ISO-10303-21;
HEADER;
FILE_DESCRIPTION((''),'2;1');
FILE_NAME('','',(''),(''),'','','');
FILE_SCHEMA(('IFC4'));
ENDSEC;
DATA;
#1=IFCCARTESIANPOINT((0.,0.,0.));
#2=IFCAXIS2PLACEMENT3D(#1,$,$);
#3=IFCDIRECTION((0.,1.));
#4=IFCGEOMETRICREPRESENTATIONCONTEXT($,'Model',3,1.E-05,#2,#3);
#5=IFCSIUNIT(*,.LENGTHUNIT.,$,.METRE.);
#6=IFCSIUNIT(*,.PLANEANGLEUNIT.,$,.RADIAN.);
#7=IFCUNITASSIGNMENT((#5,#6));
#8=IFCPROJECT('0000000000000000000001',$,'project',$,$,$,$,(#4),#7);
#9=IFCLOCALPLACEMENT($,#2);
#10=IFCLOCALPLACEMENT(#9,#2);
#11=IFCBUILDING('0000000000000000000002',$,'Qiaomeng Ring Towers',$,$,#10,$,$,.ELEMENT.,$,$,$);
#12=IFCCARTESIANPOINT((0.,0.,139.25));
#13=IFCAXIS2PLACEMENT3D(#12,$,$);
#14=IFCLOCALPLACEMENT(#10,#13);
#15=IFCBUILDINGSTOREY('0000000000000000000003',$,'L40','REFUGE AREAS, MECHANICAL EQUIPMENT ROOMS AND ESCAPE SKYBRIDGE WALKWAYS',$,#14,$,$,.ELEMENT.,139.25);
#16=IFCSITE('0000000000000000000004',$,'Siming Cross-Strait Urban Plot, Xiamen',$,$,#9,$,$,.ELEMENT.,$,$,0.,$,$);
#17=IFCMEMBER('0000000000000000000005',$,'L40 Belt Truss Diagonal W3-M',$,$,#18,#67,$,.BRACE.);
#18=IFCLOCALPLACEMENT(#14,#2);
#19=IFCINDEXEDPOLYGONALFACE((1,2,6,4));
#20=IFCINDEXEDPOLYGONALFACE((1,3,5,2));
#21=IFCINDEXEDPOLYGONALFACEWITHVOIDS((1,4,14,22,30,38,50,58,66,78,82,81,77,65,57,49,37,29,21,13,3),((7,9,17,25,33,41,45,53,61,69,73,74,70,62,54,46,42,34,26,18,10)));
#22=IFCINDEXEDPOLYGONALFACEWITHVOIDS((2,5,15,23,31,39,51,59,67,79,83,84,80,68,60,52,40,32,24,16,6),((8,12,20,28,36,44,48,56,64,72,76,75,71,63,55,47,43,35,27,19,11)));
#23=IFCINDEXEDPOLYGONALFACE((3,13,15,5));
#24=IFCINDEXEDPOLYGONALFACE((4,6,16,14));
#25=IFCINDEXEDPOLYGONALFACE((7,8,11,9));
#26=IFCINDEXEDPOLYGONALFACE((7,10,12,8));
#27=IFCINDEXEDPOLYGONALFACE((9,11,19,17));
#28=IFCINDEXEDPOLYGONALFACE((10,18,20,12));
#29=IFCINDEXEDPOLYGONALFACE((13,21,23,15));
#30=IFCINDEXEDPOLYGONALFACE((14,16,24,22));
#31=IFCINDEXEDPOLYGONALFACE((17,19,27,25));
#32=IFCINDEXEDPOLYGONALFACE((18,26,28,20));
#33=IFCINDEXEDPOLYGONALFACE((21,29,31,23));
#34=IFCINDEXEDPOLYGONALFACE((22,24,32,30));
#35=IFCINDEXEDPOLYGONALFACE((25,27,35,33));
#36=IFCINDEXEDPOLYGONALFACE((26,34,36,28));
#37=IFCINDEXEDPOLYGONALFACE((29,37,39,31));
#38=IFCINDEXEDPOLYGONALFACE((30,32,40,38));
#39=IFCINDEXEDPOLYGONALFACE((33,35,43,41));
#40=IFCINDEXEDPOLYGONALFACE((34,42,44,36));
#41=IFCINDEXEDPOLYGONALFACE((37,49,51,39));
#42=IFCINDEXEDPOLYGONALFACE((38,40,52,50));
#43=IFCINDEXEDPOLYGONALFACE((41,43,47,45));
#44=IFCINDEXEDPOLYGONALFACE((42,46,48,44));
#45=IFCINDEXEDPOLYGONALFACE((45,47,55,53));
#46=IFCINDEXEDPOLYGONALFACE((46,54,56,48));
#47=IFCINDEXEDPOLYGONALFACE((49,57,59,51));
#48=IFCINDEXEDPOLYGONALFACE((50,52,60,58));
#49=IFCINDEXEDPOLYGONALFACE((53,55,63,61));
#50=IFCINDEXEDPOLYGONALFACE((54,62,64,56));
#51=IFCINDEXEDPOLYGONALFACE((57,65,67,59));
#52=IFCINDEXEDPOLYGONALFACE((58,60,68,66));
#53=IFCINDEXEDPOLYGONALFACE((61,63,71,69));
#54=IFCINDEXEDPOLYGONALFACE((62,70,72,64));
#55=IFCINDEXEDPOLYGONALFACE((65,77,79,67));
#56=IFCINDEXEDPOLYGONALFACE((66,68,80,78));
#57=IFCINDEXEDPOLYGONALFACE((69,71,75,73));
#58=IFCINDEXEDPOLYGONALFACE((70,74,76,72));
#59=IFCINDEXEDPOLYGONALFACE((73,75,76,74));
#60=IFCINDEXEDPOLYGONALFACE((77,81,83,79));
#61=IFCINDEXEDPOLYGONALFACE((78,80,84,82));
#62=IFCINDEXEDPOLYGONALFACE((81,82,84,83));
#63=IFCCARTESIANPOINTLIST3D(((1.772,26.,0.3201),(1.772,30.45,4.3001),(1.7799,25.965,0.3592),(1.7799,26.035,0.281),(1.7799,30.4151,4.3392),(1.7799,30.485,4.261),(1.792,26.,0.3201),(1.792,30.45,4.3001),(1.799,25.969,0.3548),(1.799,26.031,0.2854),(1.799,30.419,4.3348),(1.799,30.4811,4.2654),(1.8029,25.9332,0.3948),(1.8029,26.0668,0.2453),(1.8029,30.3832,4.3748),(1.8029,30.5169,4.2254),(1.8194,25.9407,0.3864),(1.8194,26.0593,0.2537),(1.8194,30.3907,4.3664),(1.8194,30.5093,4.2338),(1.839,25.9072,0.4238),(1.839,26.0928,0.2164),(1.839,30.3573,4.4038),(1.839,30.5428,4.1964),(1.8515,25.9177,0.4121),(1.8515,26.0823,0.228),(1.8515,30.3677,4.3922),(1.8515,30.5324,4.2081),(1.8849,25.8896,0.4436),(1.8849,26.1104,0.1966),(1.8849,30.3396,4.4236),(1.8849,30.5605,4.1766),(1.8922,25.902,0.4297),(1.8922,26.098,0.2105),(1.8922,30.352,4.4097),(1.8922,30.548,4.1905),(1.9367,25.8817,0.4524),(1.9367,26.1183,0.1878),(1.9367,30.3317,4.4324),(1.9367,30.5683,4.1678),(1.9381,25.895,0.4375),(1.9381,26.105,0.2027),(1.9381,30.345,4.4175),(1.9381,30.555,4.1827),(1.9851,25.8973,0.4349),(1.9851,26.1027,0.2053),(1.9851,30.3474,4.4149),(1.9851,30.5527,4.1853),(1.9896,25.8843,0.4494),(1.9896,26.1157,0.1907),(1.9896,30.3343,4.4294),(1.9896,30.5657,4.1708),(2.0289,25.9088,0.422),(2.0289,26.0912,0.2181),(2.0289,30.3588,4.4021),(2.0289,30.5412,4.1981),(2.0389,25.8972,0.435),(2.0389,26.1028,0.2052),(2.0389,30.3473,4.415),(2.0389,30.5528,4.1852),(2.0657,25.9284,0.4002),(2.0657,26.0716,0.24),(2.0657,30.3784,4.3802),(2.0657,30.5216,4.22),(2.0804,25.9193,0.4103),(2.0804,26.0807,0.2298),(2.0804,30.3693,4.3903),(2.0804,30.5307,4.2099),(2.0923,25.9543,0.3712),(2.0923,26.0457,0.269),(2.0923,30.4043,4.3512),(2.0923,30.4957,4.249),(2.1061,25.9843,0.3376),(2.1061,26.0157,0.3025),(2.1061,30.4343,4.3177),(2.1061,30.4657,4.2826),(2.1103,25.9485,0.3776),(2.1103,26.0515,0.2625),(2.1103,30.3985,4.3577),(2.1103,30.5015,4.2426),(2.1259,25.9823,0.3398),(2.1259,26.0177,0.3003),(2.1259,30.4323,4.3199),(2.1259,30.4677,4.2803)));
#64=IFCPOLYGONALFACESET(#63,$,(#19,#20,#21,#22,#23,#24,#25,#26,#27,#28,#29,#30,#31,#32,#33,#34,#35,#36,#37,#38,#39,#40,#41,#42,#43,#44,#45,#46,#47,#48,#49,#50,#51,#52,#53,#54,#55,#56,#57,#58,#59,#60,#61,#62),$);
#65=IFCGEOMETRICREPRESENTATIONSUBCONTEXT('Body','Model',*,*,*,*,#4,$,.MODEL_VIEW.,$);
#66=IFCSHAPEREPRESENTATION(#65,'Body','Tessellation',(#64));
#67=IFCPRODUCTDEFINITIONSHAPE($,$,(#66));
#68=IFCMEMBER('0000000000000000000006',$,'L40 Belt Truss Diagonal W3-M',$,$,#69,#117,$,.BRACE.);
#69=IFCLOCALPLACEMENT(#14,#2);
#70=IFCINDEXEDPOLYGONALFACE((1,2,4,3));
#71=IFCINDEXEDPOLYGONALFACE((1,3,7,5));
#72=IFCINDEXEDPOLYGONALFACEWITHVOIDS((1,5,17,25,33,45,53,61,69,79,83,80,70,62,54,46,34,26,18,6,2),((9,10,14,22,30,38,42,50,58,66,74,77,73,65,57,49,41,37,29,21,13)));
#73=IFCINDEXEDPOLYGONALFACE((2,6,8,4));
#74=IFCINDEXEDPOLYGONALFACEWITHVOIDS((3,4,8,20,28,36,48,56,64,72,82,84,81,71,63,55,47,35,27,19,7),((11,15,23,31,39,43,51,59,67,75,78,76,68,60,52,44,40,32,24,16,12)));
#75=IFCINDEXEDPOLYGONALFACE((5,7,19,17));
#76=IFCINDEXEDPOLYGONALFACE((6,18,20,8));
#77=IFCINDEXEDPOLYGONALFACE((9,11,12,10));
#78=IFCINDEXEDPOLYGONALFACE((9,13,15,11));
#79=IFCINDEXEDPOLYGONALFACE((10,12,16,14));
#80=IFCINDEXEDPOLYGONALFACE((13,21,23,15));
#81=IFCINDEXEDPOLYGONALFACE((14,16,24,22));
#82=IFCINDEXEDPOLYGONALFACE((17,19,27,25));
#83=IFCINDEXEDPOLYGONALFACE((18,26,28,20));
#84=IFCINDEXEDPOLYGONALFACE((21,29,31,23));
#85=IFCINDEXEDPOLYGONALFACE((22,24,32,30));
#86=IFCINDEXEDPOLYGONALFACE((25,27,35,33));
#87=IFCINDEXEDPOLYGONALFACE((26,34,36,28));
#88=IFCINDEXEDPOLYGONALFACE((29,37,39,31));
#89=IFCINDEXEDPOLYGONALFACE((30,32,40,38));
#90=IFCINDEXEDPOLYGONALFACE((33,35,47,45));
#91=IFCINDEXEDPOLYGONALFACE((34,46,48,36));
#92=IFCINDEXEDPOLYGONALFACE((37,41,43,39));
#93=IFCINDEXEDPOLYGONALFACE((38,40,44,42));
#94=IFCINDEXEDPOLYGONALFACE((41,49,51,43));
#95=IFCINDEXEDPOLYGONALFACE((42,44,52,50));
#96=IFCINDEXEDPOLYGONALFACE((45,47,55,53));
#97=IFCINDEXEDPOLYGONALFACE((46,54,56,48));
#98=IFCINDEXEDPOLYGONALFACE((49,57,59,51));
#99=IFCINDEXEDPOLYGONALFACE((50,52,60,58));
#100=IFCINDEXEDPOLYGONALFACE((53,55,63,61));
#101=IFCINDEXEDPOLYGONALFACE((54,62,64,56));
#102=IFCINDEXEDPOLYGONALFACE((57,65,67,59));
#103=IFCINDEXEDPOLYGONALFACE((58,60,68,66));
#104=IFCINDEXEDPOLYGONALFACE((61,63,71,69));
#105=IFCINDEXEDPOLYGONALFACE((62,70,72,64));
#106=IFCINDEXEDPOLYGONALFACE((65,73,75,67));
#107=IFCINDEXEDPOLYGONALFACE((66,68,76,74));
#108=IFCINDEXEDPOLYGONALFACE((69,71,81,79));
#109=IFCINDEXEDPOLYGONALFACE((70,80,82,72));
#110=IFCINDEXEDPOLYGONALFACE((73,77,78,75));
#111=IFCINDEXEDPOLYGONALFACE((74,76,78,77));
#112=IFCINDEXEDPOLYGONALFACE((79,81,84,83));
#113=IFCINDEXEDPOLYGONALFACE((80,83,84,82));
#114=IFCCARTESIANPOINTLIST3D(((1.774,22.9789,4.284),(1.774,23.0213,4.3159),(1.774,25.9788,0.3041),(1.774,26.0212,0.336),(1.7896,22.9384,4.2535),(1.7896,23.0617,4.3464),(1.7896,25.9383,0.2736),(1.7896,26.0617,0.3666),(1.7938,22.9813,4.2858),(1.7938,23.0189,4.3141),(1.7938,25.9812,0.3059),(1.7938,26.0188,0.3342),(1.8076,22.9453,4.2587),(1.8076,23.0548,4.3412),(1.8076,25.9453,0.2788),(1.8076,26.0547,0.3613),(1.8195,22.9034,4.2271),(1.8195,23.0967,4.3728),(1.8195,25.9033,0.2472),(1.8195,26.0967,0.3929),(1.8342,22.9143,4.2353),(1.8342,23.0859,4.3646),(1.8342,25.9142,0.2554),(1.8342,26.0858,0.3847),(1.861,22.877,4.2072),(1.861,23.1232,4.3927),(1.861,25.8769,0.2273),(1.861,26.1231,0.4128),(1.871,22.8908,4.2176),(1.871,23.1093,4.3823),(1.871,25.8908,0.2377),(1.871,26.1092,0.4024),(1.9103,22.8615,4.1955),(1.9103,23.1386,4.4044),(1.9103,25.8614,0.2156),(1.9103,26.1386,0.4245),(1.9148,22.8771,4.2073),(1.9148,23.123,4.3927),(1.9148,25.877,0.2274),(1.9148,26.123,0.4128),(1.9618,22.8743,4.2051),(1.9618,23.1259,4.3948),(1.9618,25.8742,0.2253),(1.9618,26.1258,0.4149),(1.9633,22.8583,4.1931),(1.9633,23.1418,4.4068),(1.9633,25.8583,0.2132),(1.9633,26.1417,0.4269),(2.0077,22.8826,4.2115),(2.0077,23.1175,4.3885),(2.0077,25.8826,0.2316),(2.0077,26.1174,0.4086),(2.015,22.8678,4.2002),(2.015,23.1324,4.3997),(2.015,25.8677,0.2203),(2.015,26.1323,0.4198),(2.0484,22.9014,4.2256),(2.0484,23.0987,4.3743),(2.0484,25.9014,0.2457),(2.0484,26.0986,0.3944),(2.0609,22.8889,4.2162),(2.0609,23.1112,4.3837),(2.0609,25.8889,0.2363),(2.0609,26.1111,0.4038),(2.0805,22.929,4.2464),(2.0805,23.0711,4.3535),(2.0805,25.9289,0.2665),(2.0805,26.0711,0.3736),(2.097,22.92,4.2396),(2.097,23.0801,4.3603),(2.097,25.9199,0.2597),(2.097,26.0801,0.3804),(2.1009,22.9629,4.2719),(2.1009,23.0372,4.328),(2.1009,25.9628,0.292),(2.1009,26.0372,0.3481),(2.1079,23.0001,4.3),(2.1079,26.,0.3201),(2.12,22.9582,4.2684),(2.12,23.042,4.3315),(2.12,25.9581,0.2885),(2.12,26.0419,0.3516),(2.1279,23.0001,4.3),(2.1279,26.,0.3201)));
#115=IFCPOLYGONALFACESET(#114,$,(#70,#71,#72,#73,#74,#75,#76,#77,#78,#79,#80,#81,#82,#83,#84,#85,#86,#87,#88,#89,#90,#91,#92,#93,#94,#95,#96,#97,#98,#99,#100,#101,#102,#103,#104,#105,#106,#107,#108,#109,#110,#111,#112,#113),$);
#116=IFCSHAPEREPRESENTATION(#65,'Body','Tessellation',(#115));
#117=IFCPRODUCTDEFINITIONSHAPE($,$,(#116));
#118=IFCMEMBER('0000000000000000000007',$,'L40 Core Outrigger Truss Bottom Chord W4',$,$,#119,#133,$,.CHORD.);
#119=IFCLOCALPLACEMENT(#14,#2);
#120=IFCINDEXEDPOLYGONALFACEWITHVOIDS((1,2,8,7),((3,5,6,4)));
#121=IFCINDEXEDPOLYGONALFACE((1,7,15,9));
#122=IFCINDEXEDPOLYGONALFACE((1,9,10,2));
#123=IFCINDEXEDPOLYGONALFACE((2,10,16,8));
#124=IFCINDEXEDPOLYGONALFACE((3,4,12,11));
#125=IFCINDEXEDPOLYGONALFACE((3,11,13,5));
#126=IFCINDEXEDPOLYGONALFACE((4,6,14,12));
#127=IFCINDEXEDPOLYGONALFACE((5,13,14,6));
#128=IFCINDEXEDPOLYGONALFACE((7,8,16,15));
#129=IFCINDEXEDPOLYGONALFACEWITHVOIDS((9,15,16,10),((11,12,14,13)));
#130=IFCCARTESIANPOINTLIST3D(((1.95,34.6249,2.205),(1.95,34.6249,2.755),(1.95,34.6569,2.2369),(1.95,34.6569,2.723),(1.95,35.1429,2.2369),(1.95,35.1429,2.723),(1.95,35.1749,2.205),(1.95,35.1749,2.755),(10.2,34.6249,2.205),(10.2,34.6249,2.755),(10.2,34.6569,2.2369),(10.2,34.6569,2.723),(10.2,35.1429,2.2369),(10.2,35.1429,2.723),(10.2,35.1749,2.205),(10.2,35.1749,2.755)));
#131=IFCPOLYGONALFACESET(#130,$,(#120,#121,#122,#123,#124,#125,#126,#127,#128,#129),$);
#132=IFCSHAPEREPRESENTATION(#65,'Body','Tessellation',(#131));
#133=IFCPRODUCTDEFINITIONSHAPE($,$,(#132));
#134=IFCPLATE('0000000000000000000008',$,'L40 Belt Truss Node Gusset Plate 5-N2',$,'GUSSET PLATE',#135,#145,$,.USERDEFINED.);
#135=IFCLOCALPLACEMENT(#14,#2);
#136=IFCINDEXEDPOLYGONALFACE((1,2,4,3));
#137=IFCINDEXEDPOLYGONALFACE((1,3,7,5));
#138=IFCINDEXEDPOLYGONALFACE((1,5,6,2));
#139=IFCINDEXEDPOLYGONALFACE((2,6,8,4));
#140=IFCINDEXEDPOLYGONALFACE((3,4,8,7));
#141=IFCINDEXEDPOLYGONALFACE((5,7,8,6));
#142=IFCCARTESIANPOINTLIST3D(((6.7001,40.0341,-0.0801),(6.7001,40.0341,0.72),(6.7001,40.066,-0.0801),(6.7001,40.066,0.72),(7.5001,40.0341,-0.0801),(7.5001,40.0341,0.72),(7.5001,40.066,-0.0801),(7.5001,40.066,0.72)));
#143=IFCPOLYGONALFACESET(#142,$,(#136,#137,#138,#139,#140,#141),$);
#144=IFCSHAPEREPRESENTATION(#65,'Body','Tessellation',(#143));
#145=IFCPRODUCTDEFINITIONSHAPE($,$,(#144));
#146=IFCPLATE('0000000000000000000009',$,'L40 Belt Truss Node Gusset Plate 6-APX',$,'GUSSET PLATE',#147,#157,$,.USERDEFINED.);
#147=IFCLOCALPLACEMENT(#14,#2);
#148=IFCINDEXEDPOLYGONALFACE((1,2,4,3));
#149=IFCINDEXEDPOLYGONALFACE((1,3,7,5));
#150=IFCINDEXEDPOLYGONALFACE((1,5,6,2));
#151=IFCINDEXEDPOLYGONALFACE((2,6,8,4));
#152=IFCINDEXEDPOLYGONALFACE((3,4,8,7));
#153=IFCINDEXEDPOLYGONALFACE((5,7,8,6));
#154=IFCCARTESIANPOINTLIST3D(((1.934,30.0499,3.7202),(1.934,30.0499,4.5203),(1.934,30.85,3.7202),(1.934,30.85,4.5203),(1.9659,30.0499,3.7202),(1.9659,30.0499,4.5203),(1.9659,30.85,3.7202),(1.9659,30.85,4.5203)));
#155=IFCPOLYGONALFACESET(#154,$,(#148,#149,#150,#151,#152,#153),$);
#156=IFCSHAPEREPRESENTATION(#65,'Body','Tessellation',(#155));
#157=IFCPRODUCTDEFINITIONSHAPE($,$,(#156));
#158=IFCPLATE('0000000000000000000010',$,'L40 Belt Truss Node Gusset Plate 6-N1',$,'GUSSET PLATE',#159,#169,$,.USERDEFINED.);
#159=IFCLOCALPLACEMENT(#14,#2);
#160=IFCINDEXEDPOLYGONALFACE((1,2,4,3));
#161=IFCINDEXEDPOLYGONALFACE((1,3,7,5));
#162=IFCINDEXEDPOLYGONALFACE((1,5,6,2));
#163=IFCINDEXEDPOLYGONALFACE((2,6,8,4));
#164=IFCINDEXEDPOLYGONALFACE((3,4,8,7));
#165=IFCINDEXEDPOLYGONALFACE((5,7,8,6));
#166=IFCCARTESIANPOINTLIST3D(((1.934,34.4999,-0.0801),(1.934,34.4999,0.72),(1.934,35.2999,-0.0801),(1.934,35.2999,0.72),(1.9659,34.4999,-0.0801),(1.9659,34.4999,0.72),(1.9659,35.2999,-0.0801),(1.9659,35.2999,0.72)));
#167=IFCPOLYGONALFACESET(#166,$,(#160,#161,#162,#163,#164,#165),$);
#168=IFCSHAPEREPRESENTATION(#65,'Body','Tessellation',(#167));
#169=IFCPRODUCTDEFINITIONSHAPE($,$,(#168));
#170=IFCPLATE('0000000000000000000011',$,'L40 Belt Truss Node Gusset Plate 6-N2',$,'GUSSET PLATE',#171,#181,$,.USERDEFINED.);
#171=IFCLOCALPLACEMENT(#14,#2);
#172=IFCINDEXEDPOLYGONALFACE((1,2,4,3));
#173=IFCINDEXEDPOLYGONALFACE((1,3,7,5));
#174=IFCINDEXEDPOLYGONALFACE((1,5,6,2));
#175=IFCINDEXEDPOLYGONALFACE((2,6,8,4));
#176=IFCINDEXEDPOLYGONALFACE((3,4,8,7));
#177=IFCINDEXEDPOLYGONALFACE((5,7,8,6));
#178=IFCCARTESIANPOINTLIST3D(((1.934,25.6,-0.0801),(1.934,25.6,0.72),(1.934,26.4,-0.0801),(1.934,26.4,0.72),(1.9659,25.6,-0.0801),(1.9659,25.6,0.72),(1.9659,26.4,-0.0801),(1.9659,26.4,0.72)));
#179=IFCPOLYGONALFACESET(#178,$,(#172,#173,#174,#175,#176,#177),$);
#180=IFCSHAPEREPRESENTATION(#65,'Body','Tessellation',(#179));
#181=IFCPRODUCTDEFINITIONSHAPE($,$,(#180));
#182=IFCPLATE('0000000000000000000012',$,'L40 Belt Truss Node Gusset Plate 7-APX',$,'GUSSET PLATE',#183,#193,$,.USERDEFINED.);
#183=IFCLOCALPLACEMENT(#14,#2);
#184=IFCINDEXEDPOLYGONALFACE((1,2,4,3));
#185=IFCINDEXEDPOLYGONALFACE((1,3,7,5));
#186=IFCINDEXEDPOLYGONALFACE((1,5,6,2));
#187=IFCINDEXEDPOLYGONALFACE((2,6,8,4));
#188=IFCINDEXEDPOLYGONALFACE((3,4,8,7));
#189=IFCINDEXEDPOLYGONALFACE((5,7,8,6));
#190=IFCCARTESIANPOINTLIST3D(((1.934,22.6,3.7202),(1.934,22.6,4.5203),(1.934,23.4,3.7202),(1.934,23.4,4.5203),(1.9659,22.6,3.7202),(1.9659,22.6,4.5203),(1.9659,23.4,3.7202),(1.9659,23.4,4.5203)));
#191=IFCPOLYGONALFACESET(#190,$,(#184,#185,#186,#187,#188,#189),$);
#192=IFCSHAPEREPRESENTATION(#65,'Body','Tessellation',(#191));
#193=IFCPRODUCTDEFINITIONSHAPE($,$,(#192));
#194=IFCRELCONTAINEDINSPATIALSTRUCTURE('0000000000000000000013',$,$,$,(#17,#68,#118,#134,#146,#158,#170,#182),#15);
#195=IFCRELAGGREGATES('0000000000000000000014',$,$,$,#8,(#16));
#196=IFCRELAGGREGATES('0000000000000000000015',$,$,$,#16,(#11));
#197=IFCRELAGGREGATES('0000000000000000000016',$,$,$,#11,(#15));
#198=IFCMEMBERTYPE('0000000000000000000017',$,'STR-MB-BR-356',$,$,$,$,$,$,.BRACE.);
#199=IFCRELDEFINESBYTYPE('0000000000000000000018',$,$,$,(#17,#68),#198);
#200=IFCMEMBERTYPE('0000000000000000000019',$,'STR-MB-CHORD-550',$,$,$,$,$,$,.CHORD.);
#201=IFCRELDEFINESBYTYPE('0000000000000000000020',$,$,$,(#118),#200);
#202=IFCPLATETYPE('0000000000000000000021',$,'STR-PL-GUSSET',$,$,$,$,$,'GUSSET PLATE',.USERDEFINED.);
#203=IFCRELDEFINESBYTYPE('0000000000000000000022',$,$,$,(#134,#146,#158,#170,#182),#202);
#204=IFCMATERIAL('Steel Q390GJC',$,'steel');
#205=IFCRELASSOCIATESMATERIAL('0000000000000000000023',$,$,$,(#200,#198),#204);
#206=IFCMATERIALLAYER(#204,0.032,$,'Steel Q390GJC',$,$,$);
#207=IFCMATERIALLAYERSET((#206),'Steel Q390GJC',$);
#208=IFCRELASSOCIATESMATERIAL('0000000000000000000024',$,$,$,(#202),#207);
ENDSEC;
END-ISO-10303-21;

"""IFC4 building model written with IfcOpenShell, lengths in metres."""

from ifc_helpers import new_model, si_unit, direction, frame, origin, origin_2d, place, context, subcontext, project, spatial, rectangle, hollow_rectangle, hollow_circle, extrude, source, transform, mapped, material, layer, layer_set, material_profile, profile_set, type_object, element, save


model = new_model("IFC4")

# Units and contexts
model_context = context("Model", 3, precision=1e-05, world=origin(), true_north=direction((0.0, 1.0)))
body_context = subcontext(model_context, "Body", "Model", "MODEL_VIEW")
ifc_project = project(units=[si_unit("LENGTHUNIT", "METRE"), si_unit("PLANEANGLEUNIT", "RADIAN")], contexts=[model_context])

# Site, building, storey
site_placement = place(None, origin())
site = spatial("IfcSite", under=ifc_project, at=site_placement, Name="Siming Cross-Strait Urban Plot, Xiamen", CompositionType="ELEMENT", RefElevation=0.0)
building_placement = place(site_placement, origin())
building = spatial("IfcBuilding", under=site, at=building_placement, Name="Qiaomeng Ring Towers", CompositionType="ELEMENT")
storey_placement = place(building_placement, frame((0.0, 0.0, 139.25)))
storey = spatial("IfcBuildingStorey", under=building, at=storey_placement, Name="L40", Description="REFUGE AREAS, MECHANICAL EQUIPMENT ROOMS AND ESCAPE SKYBRIDGE WALKWAYS", CompositionType="ELEMENT", Elevation=139.25)

# Shared definitions
ifc_material_1 = material(Name="Steel Q390GJC", Category="steel")
ifc_material_profile_1 = material_profile(ifc_material_1, hollow_rectangle(XDim=0.55, YDim=0.55, WallThickness=0.032, at=origin_2d()), Name="SHS 550x550x32")
ifc_profile_set_1 = profile_set([ifc_material_profile_1], Name="Steel Q390GJC")
member_type_1 = type_object("IfcMemberType", Name="STR-MB-CHORD-550", PredefinedType="CHORD", material=ifc_profile_set_1)

# Members
ifc_material_profile_2 = material_profile(ifc_material_1, hollow_circle(Radius=0.178, WallThickness=0.02, at=origin_2d()), Name="CHS 356x20")
ifc_profile_set_2 = profile_set([ifc_material_profile_2], Name="Steel Q390GJC")
member_type_2 = type_object("IfcMemberType", Name="STR-MB-BR-356", PredefinedType="BRACE", material=ifc_profile_set_2)
shared_shape_1 = source(origin(), body_context, "Body", "SweptSolid", [
    extrude(hollow_circle(Radius=0.178, WallThickness=0.02, at=origin_2d()), origin(), (0.0, 0.0, 1.0), 5.9702),
])
for number, where, z_axis, x_axis, name in (
    (1, (1.95, 26.0, 0.3201), (0.0, 0.745371, 0.66665), (-1.0, 0.0, 0.0), "L40 Belt Truss Diagonal W3-M"),
):
    element("IfcMember", number, at=place(storey_placement, frame(where, z_axis=z_axis, x_axis=x_axis)), inside=storey, type_object=member_type_2, Name=name, PredefinedType="BRACE", context=body_context, shape_type="MappedRepresentation", body=[
        mapped(shared_shape_1, transform((0.0, 0.0, 0.0), x_axis=(1.0, 0.0, 0.0), y_axis=(0.0, 1.0, 0.0), z_axis=(0.0, 0.0, 1.0), scale=1.0)),
    ])
shared_shape_2 = source(origin(), body_context, "Body", "SweptSolid", [
    extrude(hollow_circle(Radius=0.178, WallThickness=0.02, at=origin_2d()), origin(), (0.0, 0.0, 1.0), 4.9839),
])
member_1_placement = place(storey_placement, frame((1.95, 26.0, 0.3201), z_axis=(0.0, -0.601926, 0.798552), x_axis=(1.0, 0.0, 0.0)))
element("IfcMember", 2, at=member_1_placement, inside=storey, type_object=member_type_2, Name="L40 Belt Truss Diagonal W3-M", PredefinedType="BRACE", context=body_context, shape_type="MappedRepresentation", body=[
    mapped(shared_shape_2, transform((0.0, 0.0, 0.0), x_axis=(1.0, 0.0, 0.0), y_axis=(0.0, 1.0, 0.0), z_axis=(0.0, 0.0, 1.0), scale=1.0)),
])
shared_shape_3 = source(origin(), body_context, "Body", "SweptSolid", [
    extrude(hollow_rectangle(XDim=0.55, YDim=0.55, WallThickness=0.032, at=origin_2d()), origin(), (0.0, 0.0, 1.0), 8.25),
])
member_2_placement = place(storey_placement, frame((10.2, 34.8999, 2.48), z_axis=(-1.0, 0.0, 0.0), x_axis=(0.0, -1.0, 0.0)))
element("IfcMember", 3, at=member_2_placement, inside=storey, type_object=member_type_1, Name="L40 Core Outrigger Truss Bottom Chord W4", PredefinedType="CHORD", context=body_context, shape_type="MappedRepresentation", body=[
    mapped(shared_shape_3, transform((0.0, 0.0, 0.0), x_axis=(1.0, 0.0, 0.0), y_axis=(0.0, 1.0, 0.0), z_axis=(0.0, 0.0, 1.0), scale=1.0)),
])

# Plates
ifc_layer_1 = layer(ifc_material_1, 0.032, Name="Steel Q390GJC")
ifc_layer_set_1 = layer_set([ifc_layer_1], Name="Steel Q390GJC")
plate_type_1 = type_object("IfcPlateType", Name="STR-PL-GUSSET", ElementType="GUSSET PLATE", PredefinedType="USERDEFINED", material=ifc_layer_set_1)
shared_shape_4 = source(origin(), body_context, "Body", "SweptSolid", [
    extrude(rectangle(XDim=0.8, YDim=0.032, at=origin_2d()), origin(), (0.0, 0.0, 1.0), 0.8),
])
for number, where, z_axis, x_axis, name in (
    (4, (7.1001, 40.05, -0.0801), (0.0, 0.0, 1.0), (-1.0, 0.0, 0.0), "L40 Belt Truss Node Gusset Plate 5-N2"),
    (5, (1.95, 30.45, 3.7202), (0.0, 0.0, 1.0), (0.0, -1.0, 0.0), "L40 Belt Truss Node Gusset Plate 6-APX"),
    (6, (1.95, 34.8999, -0.0801), (0.0, 0.0, 1.0), (0.0, -1.0, 0.0), "L40 Belt Truss Node Gusset Plate 6-N1"),
    (7, (1.95, 26.0, -0.0801), (0.0, 0.0, 1.0), (0.0, -1.0, 0.0), "L40 Belt Truss Node Gusset Plate 6-N2"),
    (8, (1.95, 23.0, 3.7202), (0.0, 0.0, 1.0), (0.0, -1.0, 0.0), "L40 Belt Truss Node Gusset Plate 7-APX"),
):
    element("IfcPlate", number, at=place(storey_placement, frame(where, z_axis=z_axis, x_axis=x_axis)), inside=storey, type_object=plate_type_1, Name=name, ObjectType="GUSSET PLATE", PredefinedType="USERDEFINED", context=body_context, shape_type="MappedRepresentation", body=[
        mapped(shared_shape_4, transform((0.0, 0.0, 0.0), x_axis=(1.0, 0.0, 0.0), y_axis=(0.0, 1.0, 0.0), z_axis=(0.0, 0.0, 1.0), scale=1.0)),
    ])

save(model, "model.ifc")
